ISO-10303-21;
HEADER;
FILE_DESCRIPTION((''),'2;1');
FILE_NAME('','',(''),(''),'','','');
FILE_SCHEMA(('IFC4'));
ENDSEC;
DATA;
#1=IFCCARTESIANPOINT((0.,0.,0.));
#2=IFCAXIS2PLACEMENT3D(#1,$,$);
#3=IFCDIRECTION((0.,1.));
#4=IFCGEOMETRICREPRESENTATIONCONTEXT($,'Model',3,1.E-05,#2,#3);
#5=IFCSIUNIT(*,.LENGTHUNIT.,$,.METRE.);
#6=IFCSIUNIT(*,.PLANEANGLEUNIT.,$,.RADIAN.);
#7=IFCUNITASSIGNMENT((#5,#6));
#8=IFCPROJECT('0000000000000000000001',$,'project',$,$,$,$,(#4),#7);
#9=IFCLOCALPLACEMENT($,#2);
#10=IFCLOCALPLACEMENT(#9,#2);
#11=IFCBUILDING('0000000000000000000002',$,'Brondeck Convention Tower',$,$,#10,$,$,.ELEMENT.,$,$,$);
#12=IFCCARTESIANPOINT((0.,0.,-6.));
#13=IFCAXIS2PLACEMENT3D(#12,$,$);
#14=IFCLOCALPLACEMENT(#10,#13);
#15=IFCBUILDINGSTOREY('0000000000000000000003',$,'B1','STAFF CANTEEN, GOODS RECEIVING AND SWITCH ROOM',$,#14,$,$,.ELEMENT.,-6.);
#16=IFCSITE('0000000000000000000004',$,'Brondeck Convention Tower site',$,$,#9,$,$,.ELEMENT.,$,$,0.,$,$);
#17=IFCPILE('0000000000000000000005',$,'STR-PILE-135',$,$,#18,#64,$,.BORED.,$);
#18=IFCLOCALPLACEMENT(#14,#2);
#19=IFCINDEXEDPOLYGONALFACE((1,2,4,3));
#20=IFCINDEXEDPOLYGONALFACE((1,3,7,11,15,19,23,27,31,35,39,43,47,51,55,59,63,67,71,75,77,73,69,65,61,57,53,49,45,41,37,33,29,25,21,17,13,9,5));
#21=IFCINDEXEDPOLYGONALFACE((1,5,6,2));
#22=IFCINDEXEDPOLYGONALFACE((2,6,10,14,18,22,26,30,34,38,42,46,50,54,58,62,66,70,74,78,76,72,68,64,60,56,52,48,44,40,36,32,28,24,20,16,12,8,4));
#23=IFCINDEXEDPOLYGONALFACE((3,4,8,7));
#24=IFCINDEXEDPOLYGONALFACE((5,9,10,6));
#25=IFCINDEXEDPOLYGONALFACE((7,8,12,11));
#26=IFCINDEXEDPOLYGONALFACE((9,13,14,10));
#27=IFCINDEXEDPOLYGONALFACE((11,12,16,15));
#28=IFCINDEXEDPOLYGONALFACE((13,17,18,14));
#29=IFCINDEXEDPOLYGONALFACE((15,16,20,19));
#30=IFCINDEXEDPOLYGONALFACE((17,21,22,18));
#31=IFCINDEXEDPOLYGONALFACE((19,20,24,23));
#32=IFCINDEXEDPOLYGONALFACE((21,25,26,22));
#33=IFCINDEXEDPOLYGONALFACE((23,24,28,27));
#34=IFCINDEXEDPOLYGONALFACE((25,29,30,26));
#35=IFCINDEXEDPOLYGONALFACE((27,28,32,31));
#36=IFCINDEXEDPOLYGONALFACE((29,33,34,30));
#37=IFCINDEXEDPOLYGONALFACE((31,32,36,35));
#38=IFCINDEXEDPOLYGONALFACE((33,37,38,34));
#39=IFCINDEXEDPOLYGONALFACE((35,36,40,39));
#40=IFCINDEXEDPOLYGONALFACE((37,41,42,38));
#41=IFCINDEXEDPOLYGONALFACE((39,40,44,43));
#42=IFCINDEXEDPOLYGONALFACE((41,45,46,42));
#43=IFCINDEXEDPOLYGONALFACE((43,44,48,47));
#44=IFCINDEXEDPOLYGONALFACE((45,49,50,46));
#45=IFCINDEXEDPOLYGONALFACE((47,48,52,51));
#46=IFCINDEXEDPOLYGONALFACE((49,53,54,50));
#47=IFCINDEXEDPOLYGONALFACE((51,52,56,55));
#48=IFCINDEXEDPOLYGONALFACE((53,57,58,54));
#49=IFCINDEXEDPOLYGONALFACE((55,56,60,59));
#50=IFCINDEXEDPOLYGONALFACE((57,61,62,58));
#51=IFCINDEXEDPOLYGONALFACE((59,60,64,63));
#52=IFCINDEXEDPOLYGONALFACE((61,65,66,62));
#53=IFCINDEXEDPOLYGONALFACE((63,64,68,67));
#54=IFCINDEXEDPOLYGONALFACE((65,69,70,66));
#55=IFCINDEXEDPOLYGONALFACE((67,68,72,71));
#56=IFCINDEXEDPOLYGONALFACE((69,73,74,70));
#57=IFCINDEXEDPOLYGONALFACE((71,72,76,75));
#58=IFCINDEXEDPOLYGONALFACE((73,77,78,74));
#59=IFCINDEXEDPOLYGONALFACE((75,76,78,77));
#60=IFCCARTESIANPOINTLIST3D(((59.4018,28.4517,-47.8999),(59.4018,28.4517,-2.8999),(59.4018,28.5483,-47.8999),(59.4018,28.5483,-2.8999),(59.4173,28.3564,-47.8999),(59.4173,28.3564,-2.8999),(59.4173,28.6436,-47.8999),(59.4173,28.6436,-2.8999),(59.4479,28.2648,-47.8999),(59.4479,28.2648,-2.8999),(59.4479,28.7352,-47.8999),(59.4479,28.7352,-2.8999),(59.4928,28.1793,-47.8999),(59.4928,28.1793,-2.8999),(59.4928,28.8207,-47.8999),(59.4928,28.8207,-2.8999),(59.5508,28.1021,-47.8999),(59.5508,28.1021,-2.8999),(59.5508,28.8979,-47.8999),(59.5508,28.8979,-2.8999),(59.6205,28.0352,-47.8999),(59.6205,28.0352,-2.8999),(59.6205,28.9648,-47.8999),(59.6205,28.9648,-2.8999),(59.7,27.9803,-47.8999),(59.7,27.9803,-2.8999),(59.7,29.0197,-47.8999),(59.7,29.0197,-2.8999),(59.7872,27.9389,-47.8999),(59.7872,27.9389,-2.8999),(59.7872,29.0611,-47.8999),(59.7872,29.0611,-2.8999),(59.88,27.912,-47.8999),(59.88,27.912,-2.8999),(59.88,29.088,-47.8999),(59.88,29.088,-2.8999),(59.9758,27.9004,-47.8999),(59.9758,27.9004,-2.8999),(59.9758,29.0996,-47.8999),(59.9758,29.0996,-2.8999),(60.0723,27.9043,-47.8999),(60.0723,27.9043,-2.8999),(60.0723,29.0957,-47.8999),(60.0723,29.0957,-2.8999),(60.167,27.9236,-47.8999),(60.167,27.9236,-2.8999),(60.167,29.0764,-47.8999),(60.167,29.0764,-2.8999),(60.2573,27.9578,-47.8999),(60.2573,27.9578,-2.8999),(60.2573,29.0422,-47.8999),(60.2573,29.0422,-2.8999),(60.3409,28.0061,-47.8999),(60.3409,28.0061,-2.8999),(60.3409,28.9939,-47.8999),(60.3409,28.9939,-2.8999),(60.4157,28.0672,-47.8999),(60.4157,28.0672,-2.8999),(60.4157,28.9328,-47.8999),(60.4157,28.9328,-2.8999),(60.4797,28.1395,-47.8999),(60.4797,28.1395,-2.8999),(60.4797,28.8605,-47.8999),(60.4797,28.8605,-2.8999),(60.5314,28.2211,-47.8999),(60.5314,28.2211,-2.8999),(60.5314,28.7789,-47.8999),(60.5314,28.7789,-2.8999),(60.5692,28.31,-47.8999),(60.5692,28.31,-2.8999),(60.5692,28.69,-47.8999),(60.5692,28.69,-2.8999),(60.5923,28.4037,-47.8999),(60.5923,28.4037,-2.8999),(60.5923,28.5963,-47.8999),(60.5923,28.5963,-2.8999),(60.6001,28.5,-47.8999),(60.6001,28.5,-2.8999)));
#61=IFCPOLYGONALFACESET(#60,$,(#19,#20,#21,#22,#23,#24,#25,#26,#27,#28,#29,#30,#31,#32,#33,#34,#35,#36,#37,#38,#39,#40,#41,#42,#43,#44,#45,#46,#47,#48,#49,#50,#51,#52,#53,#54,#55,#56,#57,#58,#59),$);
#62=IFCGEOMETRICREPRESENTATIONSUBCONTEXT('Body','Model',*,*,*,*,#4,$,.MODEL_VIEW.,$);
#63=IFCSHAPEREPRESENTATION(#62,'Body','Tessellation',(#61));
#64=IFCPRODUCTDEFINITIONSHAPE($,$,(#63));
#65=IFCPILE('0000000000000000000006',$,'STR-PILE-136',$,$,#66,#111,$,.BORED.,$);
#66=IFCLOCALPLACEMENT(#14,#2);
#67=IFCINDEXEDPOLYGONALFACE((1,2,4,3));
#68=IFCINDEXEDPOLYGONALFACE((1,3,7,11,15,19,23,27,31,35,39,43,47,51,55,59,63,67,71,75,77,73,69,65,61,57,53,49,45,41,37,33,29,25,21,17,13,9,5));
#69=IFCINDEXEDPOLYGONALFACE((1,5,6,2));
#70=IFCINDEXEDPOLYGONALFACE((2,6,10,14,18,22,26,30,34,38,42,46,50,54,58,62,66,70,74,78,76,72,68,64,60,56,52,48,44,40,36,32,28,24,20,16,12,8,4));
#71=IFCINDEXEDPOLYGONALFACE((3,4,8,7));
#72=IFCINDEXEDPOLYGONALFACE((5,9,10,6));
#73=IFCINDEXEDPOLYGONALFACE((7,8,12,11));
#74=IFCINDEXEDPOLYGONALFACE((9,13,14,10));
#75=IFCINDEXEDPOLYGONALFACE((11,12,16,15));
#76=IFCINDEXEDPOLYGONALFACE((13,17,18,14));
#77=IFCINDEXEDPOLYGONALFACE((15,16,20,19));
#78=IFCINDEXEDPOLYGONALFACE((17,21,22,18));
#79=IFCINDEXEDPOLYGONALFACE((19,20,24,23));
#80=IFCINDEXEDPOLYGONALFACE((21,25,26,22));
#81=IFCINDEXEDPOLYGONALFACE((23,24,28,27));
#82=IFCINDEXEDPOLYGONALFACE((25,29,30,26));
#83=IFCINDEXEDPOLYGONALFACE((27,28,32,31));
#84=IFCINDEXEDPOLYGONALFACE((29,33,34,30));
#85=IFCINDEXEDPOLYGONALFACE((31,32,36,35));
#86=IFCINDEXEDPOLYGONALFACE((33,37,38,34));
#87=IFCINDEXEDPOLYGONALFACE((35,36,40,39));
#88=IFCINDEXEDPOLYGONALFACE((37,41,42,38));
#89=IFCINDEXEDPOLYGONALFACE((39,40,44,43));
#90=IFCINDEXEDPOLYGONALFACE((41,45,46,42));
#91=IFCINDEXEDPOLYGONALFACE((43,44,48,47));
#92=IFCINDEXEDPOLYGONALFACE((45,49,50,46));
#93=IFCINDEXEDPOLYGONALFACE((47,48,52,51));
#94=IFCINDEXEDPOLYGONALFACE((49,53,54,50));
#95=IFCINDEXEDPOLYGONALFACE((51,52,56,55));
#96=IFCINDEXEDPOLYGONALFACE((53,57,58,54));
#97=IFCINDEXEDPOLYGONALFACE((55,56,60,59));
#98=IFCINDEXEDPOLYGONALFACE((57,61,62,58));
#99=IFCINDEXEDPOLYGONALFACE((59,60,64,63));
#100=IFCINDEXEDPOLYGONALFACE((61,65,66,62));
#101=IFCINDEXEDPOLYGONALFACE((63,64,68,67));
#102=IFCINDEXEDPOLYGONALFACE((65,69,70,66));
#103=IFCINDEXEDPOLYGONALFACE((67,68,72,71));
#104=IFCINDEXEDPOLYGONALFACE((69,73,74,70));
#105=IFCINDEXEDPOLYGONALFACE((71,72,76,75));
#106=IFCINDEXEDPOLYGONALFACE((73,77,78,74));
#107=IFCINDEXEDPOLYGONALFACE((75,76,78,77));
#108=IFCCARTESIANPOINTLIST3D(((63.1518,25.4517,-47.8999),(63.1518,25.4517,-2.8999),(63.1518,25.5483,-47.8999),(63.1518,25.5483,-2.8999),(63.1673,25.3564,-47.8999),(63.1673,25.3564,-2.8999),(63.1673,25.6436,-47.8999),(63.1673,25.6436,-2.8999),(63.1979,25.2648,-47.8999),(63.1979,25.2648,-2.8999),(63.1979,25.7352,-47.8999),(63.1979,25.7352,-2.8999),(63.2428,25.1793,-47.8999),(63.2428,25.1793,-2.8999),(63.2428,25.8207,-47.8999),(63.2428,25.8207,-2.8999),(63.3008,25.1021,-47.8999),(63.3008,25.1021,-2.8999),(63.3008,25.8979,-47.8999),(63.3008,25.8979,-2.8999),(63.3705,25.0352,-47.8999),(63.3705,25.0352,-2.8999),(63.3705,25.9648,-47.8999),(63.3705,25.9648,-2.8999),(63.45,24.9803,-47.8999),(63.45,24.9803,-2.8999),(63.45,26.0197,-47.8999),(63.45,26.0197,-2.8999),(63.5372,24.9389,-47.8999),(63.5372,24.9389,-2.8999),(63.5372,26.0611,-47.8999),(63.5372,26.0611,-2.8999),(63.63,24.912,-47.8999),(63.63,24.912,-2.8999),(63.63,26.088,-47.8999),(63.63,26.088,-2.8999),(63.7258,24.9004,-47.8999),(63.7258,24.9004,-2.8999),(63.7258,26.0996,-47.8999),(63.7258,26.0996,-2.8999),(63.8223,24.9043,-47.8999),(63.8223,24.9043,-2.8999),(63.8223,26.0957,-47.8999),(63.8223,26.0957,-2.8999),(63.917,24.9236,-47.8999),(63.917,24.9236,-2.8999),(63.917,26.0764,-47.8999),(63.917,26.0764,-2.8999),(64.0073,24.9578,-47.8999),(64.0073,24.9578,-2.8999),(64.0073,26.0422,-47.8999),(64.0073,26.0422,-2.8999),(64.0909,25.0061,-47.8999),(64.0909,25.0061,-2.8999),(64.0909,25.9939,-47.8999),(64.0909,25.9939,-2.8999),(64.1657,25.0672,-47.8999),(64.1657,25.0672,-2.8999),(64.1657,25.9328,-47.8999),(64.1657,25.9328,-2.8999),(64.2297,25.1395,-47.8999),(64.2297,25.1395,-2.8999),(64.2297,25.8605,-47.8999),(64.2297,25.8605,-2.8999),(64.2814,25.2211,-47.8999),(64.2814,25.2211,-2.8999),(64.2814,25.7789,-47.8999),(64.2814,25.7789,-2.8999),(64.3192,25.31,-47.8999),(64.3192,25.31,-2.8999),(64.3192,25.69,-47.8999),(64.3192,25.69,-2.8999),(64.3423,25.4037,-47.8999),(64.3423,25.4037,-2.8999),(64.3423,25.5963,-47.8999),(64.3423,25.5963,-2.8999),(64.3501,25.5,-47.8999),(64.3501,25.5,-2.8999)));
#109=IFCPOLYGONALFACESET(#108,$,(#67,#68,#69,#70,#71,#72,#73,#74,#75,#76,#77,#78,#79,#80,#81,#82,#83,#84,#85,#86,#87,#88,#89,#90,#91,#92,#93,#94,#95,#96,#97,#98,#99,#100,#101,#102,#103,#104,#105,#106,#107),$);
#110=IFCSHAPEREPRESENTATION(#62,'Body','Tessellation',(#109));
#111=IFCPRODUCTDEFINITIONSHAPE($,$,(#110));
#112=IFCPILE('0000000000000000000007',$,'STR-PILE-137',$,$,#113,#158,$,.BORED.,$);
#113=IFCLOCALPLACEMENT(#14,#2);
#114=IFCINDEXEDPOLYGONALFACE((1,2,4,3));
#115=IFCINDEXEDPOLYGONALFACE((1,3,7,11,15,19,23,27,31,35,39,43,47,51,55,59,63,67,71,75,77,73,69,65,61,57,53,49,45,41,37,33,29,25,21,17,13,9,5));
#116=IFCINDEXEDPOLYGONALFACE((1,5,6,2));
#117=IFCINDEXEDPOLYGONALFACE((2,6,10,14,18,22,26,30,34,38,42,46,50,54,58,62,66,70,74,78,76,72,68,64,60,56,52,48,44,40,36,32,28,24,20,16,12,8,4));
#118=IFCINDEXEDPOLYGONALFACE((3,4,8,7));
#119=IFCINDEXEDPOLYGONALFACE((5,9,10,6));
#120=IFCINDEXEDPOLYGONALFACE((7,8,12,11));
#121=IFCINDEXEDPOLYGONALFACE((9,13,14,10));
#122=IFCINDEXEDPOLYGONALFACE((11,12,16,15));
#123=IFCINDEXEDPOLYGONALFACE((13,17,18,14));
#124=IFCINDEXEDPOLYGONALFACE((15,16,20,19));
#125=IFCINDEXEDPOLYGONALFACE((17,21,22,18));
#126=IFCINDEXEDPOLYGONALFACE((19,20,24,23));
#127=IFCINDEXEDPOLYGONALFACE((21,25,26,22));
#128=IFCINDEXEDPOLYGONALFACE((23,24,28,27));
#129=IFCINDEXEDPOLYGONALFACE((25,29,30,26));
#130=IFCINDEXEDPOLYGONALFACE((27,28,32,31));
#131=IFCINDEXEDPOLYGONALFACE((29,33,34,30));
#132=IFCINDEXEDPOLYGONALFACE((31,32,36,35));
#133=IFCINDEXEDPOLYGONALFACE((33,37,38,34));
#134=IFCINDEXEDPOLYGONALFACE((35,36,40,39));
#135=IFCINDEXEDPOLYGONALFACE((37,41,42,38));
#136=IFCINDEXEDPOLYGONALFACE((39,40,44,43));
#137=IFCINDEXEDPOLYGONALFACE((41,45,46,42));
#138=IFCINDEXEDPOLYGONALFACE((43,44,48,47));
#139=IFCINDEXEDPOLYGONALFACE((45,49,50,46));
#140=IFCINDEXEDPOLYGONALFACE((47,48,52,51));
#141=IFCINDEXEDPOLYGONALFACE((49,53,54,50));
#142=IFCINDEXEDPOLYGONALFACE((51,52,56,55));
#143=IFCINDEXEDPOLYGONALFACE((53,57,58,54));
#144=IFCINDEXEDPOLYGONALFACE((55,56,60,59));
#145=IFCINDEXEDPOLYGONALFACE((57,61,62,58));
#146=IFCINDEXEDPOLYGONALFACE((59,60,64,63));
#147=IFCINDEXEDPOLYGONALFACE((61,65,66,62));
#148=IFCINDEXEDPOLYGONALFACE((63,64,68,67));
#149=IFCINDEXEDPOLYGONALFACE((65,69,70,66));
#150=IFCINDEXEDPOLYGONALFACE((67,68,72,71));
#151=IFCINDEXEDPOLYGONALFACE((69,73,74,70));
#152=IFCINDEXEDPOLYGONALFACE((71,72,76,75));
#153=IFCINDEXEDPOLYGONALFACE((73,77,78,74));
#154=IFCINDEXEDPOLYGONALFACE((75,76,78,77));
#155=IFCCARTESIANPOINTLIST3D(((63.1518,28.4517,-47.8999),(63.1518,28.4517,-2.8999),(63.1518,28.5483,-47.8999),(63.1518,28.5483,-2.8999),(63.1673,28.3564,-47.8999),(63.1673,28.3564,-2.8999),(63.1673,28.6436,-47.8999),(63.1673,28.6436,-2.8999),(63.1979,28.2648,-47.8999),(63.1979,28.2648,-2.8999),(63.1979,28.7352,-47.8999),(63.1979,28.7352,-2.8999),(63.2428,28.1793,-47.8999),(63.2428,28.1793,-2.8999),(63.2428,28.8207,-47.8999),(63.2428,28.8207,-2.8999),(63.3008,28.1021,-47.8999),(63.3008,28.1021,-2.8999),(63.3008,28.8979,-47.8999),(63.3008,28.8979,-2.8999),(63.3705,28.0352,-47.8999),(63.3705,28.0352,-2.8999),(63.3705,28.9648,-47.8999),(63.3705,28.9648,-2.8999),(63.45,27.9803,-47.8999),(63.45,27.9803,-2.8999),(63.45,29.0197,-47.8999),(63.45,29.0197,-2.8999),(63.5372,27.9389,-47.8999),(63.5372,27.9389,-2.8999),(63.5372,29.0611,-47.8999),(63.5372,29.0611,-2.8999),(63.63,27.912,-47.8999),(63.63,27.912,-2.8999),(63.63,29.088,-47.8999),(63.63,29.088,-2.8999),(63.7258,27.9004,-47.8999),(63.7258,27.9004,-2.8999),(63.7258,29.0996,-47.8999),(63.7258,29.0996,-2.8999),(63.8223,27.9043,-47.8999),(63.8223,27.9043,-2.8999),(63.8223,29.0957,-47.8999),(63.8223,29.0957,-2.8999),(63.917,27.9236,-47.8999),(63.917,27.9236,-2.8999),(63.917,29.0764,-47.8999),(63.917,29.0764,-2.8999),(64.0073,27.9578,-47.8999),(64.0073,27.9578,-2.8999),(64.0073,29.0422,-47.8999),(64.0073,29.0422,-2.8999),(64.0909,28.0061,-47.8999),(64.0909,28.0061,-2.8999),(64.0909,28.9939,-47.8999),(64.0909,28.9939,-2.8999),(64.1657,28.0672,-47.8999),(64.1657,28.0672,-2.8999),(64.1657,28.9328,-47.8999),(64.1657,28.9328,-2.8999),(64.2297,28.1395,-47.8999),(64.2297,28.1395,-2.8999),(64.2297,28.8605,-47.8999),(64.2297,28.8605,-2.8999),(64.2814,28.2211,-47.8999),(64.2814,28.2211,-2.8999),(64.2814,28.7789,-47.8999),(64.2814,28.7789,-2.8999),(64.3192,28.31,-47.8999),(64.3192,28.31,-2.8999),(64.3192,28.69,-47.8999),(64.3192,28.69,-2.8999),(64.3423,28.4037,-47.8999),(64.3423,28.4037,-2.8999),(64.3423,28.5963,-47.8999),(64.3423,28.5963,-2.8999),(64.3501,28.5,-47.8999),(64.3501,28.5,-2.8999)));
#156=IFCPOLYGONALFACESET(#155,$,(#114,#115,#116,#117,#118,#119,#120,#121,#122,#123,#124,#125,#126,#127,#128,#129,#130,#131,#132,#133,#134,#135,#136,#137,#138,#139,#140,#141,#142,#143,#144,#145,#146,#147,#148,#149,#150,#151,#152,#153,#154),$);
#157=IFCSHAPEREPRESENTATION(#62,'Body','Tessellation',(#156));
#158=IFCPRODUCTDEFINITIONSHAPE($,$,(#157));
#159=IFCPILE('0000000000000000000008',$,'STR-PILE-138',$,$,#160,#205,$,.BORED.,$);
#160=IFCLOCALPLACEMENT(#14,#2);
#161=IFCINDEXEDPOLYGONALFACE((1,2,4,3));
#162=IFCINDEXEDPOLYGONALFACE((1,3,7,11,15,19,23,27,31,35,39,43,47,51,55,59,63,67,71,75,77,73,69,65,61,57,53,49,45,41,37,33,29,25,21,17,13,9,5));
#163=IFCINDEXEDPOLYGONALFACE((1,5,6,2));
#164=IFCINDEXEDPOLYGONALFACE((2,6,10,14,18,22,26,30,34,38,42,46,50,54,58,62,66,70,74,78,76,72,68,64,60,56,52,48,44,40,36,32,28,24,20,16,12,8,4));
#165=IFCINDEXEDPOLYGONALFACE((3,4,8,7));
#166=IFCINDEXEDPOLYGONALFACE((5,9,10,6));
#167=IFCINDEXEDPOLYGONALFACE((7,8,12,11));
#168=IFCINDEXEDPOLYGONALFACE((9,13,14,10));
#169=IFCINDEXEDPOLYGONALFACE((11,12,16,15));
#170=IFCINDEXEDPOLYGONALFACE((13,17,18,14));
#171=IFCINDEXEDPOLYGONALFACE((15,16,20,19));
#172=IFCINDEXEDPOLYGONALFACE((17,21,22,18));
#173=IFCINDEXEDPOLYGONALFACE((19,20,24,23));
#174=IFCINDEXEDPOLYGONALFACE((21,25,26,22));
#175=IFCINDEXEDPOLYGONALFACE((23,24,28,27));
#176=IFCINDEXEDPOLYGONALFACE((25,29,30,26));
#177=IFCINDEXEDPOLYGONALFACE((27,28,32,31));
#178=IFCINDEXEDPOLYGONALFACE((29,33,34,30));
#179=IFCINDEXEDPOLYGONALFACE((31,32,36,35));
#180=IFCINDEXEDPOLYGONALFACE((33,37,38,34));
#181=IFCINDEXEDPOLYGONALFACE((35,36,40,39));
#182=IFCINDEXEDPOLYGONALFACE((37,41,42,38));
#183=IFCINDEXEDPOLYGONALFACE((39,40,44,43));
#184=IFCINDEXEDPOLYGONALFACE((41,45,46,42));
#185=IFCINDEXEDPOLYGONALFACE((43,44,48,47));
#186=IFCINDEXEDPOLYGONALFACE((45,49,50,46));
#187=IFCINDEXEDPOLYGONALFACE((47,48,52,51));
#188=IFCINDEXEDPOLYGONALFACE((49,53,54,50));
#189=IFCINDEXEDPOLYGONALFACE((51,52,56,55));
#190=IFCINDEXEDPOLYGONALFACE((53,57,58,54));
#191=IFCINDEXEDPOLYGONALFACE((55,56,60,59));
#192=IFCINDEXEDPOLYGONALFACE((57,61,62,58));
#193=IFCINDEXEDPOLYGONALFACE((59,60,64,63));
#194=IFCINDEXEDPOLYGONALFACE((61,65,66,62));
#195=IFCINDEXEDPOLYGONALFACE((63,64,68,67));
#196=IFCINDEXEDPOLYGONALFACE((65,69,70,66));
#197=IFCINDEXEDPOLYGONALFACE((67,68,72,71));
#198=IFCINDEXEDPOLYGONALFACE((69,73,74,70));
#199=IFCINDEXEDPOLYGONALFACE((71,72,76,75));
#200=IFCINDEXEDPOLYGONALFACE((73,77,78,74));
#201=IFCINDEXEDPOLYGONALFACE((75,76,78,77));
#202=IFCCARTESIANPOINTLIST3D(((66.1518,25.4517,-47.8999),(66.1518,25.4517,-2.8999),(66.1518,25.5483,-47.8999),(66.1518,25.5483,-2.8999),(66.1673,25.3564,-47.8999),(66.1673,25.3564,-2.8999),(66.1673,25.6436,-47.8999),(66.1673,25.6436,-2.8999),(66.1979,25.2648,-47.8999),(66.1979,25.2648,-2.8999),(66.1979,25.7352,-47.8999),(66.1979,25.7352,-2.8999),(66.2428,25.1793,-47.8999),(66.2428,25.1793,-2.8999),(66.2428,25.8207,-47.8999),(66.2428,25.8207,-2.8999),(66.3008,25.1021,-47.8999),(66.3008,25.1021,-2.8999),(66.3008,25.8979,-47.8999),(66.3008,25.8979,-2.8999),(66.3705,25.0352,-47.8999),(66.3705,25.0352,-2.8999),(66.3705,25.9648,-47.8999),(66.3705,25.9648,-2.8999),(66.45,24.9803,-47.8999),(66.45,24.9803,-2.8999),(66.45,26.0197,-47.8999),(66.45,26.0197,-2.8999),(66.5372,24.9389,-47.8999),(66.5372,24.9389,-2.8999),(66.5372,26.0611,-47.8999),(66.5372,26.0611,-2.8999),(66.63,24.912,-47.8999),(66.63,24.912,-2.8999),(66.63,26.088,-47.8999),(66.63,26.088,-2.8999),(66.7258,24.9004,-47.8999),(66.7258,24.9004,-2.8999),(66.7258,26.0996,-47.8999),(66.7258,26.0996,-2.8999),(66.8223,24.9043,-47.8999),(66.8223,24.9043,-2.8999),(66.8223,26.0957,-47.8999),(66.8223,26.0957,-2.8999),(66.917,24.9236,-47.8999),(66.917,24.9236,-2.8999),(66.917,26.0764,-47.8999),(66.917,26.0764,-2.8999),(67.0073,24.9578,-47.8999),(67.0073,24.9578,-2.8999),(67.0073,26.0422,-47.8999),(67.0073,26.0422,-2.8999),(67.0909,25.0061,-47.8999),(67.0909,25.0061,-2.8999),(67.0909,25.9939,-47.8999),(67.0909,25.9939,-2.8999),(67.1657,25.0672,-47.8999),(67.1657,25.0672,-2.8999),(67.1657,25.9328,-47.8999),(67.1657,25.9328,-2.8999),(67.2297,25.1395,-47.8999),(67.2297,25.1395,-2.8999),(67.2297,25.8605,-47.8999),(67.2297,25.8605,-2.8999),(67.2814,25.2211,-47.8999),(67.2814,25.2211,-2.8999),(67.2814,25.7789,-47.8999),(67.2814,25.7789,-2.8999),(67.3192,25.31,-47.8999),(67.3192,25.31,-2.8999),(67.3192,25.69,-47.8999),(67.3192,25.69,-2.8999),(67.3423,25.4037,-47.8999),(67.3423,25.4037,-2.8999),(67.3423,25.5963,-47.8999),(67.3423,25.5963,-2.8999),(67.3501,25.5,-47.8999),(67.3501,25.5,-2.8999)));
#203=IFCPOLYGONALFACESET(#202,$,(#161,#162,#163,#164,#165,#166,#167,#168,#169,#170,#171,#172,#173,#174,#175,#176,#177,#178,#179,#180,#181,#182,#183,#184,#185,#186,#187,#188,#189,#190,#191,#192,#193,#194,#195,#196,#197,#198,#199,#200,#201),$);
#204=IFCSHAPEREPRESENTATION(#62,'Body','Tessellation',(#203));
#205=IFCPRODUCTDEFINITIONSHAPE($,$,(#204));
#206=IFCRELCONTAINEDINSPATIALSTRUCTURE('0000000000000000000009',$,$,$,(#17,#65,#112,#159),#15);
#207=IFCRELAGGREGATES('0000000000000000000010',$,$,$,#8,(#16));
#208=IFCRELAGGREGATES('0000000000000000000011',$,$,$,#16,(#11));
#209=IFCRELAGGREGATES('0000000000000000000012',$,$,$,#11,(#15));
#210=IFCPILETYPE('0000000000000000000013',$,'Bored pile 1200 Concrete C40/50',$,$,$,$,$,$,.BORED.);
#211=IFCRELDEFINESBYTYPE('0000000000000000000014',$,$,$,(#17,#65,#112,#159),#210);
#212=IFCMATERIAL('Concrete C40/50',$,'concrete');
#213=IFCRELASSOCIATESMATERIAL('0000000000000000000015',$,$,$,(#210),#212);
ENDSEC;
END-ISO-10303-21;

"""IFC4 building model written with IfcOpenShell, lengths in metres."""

from ifc_helpers import new_model, si_unit, direction, frame, origin, origin_2d, place, context, subcontext, project, spatial, circle, extrude, material, material_profile, profile_set, type_object, element, save


model = new_model("IFC4")

# Units and contexts
model_context = context("Model", 3, precision=1e-05, world=origin(), true_north=direction((0.0, 1.0)))
body_context = subcontext(model_context, "Body", "Model", "MODEL_VIEW")
ifc_project = project(units=[si_unit("LENGTHUNIT", "METRE"), si_unit("PLANEANGLEUNIT", "RADIAN")], contexts=[model_context])

# Site, building, storey
site_placement = place(None, origin())
site = spatial("IfcSite", under=ifc_project, at=site_placement, Name="Brondeck Convention Tower site", CompositionType="ELEMENT", RefElevation=0.0)
building_placement = place(site_placement, origin())
building = spatial("IfcBuilding", under=site, at=building_placement, Name="Brondeck Convention Tower", CompositionType="ELEMENT")
storey_placement = place(building_placement, frame((0.0, 0.0, -6.0)))
storey = spatial("IfcBuildingStorey", under=building, at=storey_placement, Name="B1", Description="STAFF CANTEEN, GOODS RECEIVING AND SWITCH ROOM", CompositionType="ELEMENT", Elevation=-6.0)

# Piles
ifc_material_1 = material(Name="Concrete C40/50", Category="concrete")
ifc_material_profile_1 = material_profile(ifc_material_1, circle(Radius=0.6001, at=origin_2d()), Name="Bored pile 1200 Concrete C40/50")
ifc_profile_set_1 = profile_set([ifc_material_profile_1], Name="Concrete C40/50")
pile_type = type_object("IfcPileType", Name="Bored pile 1200 Concrete C40/50", PredefinedType="BORED", material=ifc_profile_set_1)
for number, where, z_axis, x_axis, name in (
    (1, (60.0, 28.5, -2.8999), (0.0, 0.0, -1.0), (1.0, 0.0, 0.0), "STR-PILE-135"),
    (2, (63.75, 25.5, -2.8999), (0.0, 0.0, -1.0), (1.0, 0.0, 0.0), "STR-PILE-136"),
    (3, (63.75, 28.5, -2.8999), (0.0, 0.0, -1.0), (1.0, 0.0, 0.0), "STR-PILE-137"),
    (4, (66.75, 25.5, -2.8999), (0.0, 0.0, -1.0), (1.0, 0.0, 0.0), "STR-PILE-138"),
):
    element("IfcPile", number, at=place(storey_placement, frame(where, z_axis=z_axis, x_axis=x_axis)), inside=storey, type_object=pile_type, Name=name, PredefinedType="BORED", context=body_context, shape_type="SweptSolid", body=[
        extrude(circle(Radius=0.6001, at=origin_2d()), origin(), (0.0, 0.0, 1.0), 45.0),
    ])

save(model, "model.ifc")
